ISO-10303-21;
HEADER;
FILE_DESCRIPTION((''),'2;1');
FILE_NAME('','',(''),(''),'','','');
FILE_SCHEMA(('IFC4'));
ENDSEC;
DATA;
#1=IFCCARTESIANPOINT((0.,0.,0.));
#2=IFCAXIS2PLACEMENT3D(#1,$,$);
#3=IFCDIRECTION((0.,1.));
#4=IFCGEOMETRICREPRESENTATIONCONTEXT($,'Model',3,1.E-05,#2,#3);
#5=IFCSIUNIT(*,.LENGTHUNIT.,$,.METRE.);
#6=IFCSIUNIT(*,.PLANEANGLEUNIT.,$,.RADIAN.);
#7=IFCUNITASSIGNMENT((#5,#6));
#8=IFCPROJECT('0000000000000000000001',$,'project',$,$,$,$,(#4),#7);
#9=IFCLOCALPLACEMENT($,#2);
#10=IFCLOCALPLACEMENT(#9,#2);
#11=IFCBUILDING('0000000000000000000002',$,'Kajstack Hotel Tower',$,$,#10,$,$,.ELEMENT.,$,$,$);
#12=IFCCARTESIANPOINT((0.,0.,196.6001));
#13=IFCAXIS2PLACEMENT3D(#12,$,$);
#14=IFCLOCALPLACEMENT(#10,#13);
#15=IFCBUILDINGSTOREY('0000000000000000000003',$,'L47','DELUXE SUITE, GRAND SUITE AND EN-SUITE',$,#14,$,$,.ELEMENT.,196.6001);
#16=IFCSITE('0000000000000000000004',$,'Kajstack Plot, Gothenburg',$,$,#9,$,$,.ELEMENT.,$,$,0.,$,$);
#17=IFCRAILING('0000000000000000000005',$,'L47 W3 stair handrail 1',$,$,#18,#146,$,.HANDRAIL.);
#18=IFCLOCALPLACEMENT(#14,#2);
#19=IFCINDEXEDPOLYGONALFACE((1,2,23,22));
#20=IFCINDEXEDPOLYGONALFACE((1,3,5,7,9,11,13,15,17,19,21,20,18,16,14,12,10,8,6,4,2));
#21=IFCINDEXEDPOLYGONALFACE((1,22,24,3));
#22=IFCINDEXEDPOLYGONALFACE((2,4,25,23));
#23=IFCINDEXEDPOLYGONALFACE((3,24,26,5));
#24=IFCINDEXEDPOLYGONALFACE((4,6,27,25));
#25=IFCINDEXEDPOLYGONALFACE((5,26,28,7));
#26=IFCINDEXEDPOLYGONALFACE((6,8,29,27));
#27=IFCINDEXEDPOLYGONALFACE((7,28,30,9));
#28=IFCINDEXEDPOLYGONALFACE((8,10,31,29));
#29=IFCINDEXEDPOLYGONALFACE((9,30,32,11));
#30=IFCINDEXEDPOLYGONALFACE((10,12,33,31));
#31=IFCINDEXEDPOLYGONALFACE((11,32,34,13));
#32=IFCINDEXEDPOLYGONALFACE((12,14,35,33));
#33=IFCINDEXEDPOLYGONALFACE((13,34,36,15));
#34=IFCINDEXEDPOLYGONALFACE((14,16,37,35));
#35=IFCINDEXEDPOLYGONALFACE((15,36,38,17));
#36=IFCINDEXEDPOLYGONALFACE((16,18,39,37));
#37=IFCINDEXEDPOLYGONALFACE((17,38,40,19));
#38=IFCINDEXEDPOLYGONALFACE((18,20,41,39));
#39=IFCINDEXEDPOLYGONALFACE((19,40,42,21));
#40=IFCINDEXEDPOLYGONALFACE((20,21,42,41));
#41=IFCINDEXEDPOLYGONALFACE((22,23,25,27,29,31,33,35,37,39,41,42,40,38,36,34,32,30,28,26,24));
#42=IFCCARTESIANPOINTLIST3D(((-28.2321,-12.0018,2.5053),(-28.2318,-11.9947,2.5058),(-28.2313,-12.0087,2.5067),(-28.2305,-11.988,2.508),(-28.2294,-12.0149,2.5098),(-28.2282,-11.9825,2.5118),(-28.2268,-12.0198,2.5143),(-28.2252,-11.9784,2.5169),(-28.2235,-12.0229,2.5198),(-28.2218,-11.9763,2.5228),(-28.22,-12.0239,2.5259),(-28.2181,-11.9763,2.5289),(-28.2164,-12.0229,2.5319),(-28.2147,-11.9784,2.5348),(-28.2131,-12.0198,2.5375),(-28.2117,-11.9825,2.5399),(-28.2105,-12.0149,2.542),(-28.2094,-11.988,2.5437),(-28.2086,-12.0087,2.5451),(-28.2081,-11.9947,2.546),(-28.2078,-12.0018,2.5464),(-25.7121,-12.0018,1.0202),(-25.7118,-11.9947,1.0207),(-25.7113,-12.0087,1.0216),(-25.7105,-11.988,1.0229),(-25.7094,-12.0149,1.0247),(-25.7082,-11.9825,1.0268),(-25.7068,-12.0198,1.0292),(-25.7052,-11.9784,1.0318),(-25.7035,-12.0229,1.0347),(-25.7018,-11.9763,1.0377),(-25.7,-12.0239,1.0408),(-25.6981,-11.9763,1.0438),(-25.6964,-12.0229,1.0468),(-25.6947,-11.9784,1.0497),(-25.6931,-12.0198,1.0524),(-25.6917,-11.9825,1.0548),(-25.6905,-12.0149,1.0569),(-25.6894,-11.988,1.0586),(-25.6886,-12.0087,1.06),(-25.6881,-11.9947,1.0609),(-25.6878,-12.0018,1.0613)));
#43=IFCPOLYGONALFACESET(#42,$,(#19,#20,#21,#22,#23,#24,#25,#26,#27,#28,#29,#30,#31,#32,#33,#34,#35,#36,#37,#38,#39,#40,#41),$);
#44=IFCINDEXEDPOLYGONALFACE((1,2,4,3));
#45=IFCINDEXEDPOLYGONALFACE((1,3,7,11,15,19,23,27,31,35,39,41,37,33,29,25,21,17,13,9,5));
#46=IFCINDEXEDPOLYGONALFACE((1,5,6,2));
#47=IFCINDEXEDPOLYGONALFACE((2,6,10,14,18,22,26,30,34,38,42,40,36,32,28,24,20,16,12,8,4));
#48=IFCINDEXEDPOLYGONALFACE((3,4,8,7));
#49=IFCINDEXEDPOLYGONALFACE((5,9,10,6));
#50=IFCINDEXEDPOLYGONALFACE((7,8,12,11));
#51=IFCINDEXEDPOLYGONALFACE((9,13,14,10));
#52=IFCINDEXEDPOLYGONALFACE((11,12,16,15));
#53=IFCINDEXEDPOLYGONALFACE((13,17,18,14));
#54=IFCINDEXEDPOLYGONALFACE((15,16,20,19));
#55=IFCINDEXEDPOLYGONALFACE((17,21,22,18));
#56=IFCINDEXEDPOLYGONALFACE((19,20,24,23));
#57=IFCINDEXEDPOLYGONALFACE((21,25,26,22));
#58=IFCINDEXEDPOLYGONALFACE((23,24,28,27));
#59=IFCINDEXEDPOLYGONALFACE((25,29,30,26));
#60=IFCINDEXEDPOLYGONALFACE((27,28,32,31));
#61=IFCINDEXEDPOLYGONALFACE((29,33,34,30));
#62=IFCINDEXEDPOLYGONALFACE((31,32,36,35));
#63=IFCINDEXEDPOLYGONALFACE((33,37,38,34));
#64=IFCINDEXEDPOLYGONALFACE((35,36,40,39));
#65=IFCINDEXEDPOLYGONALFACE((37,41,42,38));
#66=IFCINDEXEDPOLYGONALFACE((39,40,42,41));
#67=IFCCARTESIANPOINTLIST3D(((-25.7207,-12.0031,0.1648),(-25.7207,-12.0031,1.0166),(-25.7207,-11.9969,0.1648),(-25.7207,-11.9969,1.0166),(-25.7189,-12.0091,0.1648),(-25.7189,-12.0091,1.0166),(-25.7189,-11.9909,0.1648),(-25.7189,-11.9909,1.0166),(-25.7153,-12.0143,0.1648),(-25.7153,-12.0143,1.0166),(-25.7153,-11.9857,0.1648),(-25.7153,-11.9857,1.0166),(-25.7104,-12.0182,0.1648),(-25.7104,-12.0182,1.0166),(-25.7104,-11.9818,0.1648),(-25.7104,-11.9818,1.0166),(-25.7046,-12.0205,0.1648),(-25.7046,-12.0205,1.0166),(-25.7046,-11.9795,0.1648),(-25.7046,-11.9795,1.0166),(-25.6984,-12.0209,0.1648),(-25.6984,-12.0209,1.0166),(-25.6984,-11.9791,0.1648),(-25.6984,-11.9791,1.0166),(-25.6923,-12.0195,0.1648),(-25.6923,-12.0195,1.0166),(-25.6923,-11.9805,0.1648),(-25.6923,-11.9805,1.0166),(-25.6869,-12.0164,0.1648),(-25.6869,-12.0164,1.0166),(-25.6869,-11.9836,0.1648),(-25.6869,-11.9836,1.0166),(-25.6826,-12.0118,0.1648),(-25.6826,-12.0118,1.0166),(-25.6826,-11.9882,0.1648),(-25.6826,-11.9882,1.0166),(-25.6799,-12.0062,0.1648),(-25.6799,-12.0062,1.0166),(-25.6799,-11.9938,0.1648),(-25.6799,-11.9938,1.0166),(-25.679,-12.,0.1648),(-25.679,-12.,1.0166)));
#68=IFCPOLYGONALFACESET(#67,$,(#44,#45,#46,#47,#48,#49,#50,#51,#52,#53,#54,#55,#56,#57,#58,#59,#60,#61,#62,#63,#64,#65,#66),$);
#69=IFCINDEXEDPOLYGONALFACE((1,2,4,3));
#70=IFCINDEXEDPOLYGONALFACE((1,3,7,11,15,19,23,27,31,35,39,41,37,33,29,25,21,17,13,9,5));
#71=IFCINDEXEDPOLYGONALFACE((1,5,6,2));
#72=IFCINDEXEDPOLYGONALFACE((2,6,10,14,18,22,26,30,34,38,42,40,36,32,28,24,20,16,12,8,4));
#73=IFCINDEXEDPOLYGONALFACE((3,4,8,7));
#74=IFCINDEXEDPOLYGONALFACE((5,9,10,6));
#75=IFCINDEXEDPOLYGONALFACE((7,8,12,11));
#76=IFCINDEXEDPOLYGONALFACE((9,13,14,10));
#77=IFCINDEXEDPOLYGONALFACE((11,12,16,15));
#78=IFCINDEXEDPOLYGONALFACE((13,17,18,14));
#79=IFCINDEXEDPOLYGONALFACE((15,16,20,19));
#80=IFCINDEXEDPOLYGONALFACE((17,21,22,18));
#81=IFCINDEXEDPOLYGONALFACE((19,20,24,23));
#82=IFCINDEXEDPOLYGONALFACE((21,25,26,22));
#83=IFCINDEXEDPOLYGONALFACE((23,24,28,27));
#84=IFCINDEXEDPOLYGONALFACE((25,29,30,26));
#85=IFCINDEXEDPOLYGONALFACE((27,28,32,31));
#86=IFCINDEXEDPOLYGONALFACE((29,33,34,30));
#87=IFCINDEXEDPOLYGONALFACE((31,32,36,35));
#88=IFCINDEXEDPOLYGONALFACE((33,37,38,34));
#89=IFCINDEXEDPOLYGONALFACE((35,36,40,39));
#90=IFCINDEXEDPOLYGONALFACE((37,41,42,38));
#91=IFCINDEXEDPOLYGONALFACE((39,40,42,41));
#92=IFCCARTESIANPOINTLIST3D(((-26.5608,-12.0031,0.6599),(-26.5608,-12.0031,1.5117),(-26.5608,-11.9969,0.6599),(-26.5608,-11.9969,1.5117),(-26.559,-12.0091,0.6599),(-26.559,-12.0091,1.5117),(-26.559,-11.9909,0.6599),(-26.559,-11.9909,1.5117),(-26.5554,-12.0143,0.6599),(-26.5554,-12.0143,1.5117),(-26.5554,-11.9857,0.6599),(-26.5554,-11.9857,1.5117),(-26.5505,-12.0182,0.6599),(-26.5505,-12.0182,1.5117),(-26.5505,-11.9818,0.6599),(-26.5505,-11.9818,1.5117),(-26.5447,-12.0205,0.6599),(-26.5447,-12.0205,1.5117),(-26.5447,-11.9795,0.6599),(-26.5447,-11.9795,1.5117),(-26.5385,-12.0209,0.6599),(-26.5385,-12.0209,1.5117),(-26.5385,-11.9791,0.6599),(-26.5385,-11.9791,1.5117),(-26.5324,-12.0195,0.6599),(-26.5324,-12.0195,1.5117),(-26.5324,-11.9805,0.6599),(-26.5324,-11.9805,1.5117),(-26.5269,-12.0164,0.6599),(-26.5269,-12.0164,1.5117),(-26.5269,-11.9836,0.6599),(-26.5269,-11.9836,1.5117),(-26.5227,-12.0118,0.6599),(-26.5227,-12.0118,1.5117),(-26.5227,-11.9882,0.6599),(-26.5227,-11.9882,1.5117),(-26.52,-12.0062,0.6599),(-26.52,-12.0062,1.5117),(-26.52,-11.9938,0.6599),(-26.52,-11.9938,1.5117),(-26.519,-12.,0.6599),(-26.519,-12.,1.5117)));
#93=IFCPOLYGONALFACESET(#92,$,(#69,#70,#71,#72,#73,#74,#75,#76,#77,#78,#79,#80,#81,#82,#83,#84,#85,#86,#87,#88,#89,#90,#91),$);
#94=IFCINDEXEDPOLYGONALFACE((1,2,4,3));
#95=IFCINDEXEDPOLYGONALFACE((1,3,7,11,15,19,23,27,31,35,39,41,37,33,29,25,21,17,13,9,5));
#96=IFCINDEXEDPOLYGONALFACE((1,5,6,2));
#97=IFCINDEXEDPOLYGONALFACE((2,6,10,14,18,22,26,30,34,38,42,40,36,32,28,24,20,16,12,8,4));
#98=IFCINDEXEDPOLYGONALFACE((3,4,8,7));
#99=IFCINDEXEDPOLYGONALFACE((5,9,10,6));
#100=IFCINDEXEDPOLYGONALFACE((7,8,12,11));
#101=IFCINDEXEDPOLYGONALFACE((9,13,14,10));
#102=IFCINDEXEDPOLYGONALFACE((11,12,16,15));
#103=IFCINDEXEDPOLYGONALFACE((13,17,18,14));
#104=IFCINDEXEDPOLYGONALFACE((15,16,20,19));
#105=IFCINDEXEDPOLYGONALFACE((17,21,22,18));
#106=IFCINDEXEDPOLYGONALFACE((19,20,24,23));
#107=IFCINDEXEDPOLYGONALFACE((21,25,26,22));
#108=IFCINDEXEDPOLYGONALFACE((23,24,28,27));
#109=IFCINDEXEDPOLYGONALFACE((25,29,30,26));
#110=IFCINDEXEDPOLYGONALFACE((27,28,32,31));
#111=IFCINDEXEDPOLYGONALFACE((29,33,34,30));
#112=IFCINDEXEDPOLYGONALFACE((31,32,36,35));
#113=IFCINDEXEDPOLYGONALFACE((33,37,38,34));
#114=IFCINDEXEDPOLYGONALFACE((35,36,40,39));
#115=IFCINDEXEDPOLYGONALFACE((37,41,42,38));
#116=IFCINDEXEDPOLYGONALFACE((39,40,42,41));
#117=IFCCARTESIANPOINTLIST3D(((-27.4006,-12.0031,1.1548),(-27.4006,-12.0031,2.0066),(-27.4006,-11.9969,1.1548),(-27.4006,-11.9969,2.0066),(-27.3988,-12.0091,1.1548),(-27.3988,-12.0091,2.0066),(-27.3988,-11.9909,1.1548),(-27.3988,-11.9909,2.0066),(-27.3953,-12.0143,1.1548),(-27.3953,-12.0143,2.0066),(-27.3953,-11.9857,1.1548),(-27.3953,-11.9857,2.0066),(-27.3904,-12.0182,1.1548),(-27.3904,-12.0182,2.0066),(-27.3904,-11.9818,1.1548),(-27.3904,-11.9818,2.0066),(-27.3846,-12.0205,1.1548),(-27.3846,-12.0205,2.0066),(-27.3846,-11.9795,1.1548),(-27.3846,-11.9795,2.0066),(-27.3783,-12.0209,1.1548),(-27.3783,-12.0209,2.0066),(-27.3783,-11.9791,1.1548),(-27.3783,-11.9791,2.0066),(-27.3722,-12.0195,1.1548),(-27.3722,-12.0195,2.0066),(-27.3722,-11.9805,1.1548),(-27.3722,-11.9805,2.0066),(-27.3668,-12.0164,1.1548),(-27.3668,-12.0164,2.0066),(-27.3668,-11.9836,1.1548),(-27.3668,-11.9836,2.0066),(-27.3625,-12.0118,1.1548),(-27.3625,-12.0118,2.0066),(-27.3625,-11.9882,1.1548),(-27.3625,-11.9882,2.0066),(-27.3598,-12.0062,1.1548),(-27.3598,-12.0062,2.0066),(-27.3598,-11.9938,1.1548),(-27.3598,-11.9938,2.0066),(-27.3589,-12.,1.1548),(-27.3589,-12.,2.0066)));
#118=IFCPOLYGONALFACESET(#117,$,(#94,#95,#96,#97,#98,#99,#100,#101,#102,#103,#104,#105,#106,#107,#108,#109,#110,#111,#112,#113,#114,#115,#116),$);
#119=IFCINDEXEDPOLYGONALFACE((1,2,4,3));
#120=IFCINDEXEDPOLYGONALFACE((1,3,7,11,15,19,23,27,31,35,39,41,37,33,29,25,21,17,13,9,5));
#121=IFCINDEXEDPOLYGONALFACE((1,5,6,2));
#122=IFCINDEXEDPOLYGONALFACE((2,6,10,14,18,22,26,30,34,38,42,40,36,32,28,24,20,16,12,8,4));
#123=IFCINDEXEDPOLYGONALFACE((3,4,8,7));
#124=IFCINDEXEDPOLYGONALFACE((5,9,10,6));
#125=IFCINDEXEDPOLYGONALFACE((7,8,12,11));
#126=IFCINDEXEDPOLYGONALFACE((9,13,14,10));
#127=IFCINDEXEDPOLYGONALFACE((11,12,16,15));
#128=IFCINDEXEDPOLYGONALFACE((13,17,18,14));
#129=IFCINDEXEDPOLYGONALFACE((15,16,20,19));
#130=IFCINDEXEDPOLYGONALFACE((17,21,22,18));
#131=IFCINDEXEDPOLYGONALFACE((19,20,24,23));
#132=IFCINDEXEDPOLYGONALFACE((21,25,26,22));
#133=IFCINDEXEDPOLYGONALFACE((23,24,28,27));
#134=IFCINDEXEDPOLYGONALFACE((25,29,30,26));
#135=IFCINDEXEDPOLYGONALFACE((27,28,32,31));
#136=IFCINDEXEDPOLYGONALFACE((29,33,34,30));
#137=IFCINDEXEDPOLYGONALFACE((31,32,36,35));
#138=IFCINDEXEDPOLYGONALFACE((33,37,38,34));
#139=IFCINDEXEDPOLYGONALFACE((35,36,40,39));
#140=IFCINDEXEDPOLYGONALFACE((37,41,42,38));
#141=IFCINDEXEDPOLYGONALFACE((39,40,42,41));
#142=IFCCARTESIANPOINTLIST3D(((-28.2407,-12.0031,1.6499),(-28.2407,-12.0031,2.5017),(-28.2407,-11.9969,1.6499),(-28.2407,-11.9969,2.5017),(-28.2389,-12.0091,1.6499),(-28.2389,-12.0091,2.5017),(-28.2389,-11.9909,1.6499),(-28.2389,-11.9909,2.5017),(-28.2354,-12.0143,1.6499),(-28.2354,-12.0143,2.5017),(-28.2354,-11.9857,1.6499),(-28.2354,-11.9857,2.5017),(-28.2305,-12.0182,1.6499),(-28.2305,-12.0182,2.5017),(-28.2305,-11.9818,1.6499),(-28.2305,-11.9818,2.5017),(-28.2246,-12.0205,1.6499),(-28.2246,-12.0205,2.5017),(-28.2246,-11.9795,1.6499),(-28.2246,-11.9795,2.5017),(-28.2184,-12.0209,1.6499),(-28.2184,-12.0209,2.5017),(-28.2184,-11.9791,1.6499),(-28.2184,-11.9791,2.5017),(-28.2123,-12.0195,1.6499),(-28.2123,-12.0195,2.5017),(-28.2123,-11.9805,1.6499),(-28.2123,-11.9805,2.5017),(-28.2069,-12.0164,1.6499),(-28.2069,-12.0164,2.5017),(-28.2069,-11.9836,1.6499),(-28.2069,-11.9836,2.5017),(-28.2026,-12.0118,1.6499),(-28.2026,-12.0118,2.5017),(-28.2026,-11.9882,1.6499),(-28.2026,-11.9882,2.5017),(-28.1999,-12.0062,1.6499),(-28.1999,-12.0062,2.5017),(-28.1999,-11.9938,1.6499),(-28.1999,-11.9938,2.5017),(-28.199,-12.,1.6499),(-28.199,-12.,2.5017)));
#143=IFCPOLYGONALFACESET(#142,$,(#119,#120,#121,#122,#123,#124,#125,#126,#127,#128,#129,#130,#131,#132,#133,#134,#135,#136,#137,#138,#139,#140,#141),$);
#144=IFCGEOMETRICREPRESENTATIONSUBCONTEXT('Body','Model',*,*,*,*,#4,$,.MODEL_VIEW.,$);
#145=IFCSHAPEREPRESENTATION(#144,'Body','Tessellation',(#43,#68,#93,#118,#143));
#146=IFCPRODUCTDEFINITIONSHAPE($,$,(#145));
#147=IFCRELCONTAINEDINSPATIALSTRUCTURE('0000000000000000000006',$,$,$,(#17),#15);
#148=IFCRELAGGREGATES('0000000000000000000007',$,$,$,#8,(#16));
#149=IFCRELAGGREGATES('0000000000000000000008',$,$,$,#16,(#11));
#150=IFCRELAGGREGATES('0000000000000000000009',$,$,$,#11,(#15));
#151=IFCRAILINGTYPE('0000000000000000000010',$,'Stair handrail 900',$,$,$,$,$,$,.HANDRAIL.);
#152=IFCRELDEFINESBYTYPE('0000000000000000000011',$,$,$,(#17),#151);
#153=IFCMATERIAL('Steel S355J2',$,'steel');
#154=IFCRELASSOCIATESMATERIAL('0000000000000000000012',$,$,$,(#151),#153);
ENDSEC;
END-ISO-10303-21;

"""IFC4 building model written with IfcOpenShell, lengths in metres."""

from ifc_helpers import new_model, si_unit, direction, frame, origin, origin_2d, place, context, subcontext, project, spatial, circle, extrude, material, type_object, element, save


model = new_model("IFC4")

# Units and contexts
model_context = context("Model", 3, precision=1e-05, world=origin(), true_north=direction((0.0, 1.0)))
body_context = subcontext(model_context, "Body", "Model", "MODEL_VIEW")
ifc_project = project(units=[si_unit("LENGTHUNIT", "METRE"), si_unit("PLANEANGLEUNIT", "RADIAN")], contexts=[model_context])

# Site, building, storey
site_placement = place(None, origin())
site = spatial("IfcSite", under=ifc_project, at=site_placement, Name="Kajstack Plot, Gothenburg", CompositionType="ELEMENT", RefElevation=0.0)
building_placement = place(site_placement, origin())
building = spatial("IfcBuilding", under=site, at=building_placement, Name="Kajstack Hotel Tower", CompositionType="ELEMENT")
storey_placement = place(building_placement, frame((0.0, 0.0, 196.6001)))
storey = spatial("IfcBuildingStorey", under=building, at=storey_placement, Name="L47", Description="DELUXE SUITE, GRAND SUITE AND EN-SUITE", CompositionType="ELEMENT", Elevation=196.6001)

# Railing
ifc_material_1 = material(Name="Steel S355J2", Category="steel")
railing_type_1 = type_object("IfcRailingType", Name="Stair handrail 900", PredefinedType="HANDRAIL", material=ifc_material_1)
railing_1_placement = place(storey_placement, frame((-25.7, -12.0, 0.1648)))
element("IfcRailing", 1, at=railing_1_placement, inside=storey, type_object=railing_type_1, Name="L47 W3 stair handrail 1", PredefinedType="HANDRAIL", context=body_context, shape_type="SweptSolid", body=[
    extrude(circle(Radius=0.0239, at=origin_2d()), frame((0.0, 0.0, 0.876), z_axis=(-0.861524, 0.0, 0.507717), x_axis=(0.0, -1.0, 0.0)), (0.0, 0.0, 1.0), 2.925),
    extrude(circle(Radius=0.021, at=origin_2d()), origin(), (0.0, 0.0, 1.0), 0.8518),
    extrude(circle(Radius=0.021, at=origin_2d()), frame((-0.8401, 0.0, 0.4951)), (0.0, 0.0, 1.0), 0.8518),
    extrude(circle(Radius=0.021, at=origin_2d()), frame((-1.6799, 0.0, 0.99)), (0.0, 0.0, 1.0), 0.8518),
    extrude(circle(Radius=0.021, at=origin_2d()), frame((-2.52, 0.0, 1.4851)), (0.0, 0.0, 1.0), 0.8518),
])

save(model, "model.ifc")
